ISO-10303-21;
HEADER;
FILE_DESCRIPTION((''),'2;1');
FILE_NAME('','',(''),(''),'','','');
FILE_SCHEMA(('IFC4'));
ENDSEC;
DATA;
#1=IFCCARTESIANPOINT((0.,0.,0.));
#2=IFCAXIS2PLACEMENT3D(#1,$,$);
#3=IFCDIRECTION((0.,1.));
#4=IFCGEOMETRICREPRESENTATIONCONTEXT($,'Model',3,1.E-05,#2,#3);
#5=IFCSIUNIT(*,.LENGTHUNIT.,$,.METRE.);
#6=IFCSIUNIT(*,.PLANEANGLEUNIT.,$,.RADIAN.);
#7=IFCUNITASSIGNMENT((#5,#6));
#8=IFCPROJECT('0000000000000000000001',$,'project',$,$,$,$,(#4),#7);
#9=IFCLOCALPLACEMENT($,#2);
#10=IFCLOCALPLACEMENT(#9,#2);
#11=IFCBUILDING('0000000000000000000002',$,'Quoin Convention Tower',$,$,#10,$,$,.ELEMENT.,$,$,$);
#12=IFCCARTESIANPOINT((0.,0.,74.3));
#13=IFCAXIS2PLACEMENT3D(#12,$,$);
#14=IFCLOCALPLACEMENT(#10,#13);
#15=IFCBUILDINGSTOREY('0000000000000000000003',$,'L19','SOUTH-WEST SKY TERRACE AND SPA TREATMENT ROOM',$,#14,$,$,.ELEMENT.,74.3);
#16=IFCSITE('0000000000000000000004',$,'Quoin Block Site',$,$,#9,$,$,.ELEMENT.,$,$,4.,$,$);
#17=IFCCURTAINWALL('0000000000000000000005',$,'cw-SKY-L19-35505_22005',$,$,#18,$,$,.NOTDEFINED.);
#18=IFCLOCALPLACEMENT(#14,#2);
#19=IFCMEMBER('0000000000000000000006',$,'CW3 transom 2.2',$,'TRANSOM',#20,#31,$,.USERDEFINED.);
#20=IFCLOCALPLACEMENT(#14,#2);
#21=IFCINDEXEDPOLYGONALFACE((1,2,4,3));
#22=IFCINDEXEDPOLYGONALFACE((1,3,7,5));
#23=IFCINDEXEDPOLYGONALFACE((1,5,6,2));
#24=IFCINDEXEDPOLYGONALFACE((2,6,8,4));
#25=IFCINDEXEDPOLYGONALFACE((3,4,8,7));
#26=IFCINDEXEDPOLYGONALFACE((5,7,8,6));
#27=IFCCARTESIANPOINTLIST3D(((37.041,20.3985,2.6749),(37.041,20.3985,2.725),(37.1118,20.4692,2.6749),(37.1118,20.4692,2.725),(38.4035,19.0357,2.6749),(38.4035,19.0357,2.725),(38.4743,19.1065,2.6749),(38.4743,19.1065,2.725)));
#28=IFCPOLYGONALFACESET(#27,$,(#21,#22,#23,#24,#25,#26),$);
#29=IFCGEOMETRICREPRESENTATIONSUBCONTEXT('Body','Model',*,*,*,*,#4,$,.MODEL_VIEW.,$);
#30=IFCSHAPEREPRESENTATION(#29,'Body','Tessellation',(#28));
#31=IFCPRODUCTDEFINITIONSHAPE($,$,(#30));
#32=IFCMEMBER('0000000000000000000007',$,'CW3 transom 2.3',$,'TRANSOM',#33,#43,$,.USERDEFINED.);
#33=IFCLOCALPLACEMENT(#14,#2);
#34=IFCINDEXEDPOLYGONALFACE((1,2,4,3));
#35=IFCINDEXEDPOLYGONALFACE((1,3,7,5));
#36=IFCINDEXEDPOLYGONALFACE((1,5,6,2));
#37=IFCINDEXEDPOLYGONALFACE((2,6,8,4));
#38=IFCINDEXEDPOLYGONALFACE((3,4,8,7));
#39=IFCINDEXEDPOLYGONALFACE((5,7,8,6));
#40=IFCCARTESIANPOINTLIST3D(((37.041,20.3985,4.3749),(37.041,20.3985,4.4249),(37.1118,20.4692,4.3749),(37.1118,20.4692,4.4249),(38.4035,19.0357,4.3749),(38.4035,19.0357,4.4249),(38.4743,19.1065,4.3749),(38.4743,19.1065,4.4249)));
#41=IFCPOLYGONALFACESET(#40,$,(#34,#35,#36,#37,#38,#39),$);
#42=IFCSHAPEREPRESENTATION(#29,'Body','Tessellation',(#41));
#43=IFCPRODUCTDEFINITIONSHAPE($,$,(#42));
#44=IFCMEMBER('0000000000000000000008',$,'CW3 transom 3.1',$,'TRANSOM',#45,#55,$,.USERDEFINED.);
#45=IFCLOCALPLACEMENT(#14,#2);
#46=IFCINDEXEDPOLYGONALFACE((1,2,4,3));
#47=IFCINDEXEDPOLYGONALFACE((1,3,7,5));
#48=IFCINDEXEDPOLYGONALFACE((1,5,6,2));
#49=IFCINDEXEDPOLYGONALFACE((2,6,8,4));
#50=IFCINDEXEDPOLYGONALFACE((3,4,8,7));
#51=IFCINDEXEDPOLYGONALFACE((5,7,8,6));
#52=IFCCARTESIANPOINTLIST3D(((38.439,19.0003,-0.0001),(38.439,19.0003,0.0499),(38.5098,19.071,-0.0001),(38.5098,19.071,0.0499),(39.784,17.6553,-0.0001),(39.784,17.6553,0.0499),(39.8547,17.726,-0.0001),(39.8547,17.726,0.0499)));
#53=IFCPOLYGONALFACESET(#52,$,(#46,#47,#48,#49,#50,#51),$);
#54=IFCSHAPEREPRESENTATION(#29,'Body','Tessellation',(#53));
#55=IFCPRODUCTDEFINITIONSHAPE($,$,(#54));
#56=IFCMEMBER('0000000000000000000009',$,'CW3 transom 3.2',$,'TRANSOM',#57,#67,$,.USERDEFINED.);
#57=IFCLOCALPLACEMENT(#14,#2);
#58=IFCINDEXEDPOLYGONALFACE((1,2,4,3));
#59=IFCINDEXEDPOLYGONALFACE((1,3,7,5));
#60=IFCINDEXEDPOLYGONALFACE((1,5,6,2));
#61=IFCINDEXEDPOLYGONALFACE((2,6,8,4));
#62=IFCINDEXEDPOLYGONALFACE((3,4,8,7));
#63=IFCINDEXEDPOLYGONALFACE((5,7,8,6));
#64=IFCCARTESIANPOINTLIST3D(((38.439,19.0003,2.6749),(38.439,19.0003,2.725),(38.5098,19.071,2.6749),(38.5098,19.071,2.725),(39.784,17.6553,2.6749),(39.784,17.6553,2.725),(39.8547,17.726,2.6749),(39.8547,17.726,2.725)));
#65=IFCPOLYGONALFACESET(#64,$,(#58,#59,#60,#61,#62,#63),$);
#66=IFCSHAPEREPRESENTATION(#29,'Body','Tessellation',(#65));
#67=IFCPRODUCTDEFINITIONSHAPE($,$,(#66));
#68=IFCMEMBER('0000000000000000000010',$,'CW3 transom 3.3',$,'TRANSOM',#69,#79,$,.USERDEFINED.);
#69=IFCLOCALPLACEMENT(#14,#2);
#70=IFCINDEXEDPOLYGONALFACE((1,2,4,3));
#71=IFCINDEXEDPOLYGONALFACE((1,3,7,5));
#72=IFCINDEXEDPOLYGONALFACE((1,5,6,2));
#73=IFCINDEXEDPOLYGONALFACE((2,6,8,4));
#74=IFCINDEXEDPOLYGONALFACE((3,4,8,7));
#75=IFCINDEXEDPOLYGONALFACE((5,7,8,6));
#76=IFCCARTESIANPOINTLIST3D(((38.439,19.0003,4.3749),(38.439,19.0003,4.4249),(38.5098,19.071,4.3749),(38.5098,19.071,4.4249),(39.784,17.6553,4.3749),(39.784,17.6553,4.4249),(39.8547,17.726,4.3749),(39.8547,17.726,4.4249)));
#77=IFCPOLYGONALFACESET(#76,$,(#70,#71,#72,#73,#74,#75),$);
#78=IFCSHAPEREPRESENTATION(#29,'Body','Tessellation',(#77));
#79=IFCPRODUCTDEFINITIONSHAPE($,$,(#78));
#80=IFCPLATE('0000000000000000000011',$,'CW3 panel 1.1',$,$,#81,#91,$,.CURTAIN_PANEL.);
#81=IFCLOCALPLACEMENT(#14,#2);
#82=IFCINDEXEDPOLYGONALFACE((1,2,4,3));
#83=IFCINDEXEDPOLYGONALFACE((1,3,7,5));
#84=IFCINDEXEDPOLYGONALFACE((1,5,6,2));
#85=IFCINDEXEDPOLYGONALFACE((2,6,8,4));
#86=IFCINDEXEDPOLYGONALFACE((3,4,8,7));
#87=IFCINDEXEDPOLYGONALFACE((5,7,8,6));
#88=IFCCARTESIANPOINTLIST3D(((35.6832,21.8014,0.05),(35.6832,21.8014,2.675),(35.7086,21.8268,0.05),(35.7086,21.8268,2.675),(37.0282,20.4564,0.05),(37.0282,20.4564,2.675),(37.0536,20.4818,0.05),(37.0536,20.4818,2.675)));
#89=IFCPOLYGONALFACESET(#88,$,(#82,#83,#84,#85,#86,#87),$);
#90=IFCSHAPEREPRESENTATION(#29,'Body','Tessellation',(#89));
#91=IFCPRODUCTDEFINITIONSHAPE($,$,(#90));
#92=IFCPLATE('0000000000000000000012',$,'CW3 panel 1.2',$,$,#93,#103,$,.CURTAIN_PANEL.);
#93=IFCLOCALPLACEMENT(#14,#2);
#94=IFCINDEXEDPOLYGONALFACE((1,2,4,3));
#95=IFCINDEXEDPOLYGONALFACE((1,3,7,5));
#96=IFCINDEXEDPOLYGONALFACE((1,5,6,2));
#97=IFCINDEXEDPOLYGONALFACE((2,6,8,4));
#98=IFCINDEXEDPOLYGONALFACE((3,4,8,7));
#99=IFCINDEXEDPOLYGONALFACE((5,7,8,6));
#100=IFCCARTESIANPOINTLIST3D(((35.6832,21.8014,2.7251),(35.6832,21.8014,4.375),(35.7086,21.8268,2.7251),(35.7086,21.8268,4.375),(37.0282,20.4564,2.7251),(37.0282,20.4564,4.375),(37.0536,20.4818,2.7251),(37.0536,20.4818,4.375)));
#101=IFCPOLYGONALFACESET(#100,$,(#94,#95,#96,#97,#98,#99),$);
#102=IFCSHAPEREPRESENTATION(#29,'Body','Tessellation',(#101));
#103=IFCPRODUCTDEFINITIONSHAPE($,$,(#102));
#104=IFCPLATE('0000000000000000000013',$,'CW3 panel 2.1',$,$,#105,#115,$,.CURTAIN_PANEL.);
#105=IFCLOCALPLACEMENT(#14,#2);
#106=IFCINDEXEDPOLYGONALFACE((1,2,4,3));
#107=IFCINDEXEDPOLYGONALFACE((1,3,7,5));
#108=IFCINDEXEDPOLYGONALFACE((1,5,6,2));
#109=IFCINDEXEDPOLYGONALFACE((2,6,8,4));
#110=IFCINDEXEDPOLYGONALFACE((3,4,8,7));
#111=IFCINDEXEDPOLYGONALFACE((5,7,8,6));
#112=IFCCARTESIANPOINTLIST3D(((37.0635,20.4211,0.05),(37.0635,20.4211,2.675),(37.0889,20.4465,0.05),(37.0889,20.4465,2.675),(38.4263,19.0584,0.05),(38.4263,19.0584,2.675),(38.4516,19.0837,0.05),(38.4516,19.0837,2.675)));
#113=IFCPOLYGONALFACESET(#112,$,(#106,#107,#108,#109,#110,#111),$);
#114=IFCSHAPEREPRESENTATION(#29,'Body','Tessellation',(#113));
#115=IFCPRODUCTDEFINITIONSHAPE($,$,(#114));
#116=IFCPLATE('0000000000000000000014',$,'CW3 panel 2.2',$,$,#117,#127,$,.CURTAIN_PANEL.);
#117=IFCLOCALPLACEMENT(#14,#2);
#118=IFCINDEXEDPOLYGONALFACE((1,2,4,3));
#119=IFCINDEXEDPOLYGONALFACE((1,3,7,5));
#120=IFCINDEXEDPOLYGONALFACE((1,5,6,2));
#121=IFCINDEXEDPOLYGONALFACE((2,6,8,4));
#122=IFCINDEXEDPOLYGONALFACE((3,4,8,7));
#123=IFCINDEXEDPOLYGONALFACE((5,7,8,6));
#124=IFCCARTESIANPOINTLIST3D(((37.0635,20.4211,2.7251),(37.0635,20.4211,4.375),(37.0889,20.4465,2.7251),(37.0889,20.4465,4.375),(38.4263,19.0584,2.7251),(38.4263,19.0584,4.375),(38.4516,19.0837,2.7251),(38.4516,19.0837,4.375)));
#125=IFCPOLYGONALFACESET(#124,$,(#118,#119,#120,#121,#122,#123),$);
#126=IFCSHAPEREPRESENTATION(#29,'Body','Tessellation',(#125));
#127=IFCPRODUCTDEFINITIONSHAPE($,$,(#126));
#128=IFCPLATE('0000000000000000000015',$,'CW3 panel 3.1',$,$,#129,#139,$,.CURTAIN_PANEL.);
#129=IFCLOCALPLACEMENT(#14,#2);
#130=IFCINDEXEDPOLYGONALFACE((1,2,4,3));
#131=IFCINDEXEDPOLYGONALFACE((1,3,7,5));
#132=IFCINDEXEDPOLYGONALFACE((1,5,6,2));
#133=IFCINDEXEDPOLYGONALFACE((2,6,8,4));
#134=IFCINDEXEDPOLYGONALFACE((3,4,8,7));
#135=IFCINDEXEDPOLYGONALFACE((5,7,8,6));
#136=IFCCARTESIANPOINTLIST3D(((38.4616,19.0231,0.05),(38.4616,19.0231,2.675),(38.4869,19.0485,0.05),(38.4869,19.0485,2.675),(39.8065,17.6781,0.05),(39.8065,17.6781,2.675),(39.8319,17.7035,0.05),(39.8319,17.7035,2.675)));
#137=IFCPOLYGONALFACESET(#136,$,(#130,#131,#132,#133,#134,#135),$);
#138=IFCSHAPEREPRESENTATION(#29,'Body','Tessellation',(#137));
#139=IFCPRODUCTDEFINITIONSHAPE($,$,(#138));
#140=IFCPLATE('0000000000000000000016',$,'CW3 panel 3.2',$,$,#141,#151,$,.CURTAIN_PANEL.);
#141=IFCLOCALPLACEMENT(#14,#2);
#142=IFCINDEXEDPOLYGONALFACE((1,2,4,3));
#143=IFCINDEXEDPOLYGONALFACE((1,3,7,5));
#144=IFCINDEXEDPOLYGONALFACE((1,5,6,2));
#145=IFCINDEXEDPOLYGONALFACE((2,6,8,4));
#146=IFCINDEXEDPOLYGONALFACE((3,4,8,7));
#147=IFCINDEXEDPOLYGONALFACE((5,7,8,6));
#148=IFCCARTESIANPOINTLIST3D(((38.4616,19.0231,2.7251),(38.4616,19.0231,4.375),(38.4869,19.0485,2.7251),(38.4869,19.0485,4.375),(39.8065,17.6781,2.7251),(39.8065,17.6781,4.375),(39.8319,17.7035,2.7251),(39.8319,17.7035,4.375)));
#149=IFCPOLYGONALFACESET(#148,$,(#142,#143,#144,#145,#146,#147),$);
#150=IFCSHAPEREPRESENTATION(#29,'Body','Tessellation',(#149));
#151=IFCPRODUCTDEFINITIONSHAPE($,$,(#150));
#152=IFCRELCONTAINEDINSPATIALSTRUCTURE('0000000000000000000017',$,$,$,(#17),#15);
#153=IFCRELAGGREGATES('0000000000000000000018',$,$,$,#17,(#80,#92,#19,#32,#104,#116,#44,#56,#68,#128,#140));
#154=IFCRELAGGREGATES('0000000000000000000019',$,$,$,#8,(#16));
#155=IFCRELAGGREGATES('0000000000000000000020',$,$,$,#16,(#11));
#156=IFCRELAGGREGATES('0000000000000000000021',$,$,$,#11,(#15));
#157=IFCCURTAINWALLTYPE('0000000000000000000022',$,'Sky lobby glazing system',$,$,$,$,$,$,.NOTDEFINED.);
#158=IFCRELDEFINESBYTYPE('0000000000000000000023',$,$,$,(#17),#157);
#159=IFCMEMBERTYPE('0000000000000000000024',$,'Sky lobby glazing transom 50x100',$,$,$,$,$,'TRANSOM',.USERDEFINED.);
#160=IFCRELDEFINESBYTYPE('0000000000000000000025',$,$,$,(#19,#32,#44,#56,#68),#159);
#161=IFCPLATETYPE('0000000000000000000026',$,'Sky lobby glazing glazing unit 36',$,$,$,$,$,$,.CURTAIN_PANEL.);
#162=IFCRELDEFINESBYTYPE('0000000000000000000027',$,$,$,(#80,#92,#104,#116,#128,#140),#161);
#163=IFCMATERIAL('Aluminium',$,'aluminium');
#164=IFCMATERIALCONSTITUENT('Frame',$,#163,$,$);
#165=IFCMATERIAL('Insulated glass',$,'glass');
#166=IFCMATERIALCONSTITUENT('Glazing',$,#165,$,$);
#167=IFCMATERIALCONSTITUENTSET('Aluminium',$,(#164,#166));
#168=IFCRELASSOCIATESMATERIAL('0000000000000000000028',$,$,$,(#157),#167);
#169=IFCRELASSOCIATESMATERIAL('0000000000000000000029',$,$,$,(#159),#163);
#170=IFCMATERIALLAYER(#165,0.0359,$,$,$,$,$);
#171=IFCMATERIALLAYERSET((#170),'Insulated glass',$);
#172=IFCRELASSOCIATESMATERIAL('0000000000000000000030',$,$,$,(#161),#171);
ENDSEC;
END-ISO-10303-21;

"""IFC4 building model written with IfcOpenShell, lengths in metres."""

from ifc_helpers import new_model, si_unit, direction, frame, origin, origin_2d, place, context, subcontext, project, spatial, rectangle, extrude, material, layer, layer_set, constituent, constituent_set, material_profile, profile_set, type_object, element, aggregate, save


model = new_model("IFC4")

# Units and contexts
model_context = context("Model", 3, precision=1e-05, world=origin(), true_north=direction((0.0, 1.0)))
body_context = subcontext(model_context, "Body", "Model", "MODEL_VIEW")
ifc_project = project(units=[si_unit("LENGTHUNIT", "METRE"), si_unit("PLANEANGLEUNIT", "RADIAN")], contexts=[model_context])

# Site, building, storey
site_placement = place(None, origin())
site = spatial("IfcSite", under=ifc_project, at=site_placement, Name="Quoin Block Site", CompositionType="ELEMENT", RefElevation=4.0)
building_placement = place(site_placement, origin())
building = spatial("IfcBuilding", under=site, at=building_placement, Name="Quoin Convention Tower", CompositionType="ELEMENT")
storey_placement = place(building_placement, frame((0.0, 0.0, 74.3)))
storey = spatial("IfcBuildingStorey", under=building, at=storey_placement, Name="L19", Description="SOUTH-WEST SKY TERRACE AND SPA TREATMENT ROOM", CompositionType="ELEMENT", Elevation=74.3)

# Curtain wall, members, plates
ifc_material_1 = material(Name="Aluminium", Category="aluminium")
ifc_constituent_1 = constituent(ifc_material_1, Name="Frame")
ifc_material_2 = material(Name="Insulated glass", Category="glass")
ifc_constituent_2 = constituent(ifc_material_2, Name="Glazing")
ifc_constituent_set_1 = constituent_set(constituents=[ifc_constituent_1, ifc_constituent_2], Name="Aluminium")
curtain_wall_type = type_object("IfcCurtainWallType", Name="Sky lobby glazing system", PredefinedType="NOTDEFINED", material=ifc_constituent_set_1)
curtain_wall_placement = place(storey_placement, origin())
curtain_wall = element("IfcCurtainWall", 1, at=curtain_wall_placement, inside=storey, type_object=curtain_wall_type, Name="cw-SKY-L19-35505_22005", PredefinedType="NOTDEFINED")
ifc_material_profile_1 = material_profile(ifc_material_1, rectangle(XDim=0.1001, YDim=0.05, at=origin_2d()), Name="Sky lobby glazing transom 50x100")
ifc_profile_set_1 = profile_set([ifc_material_profile_1], Name="Aluminium")
member_type_1 = type_object("IfcMemberType", Name="Sky lobby glazing transom 50x100", ElementType="TRANSOM", PredefinedType="USERDEFINED", material=ifc_profile_set_1)
member_1_placement = place(storey_placement, frame((37.0764, 20.4338, 2.7), z_axis=(0.707043, -0.70717, 0.0), x_axis=(0.70717, 0.707043, 0.0)))
member_1 = element("IfcMember", 2, at=member_1_placement, type_object=member_type_1, Name="CW3 transom 2.2", ObjectType="TRANSOM", PredefinedType="USERDEFINED", context=body_context, shape_type="SweptSolid", body=[
    extrude(rectangle(XDim=0.1001, YDim=0.05, at=origin_2d()), origin(), (0.0, 0.0, 1.0), 1.927),
])
member_2_placement = place(storey_placement, frame((37.0764, 20.4338, 4.3999), z_axis=(0.707043, -0.70717, 0.0), x_axis=(0.70717, 0.707043, 0.0)))
member_2 = element("IfcMember", 3, at=member_2_placement, type_object=member_type_1, Name="CW3 transom 2.3", ObjectType="TRANSOM", PredefinedType="USERDEFINED", context=body_context, shape_type="SweptSolid", body=[
    extrude(rectangle(XDim=0.1001, YDim=0.05, at=origin_2d()), origin(), (0.0, 0.0, 1.0), 1.927),
])
member_3_placement = place(storey_placement, frame((38.4744, 19.0356, 0.0249), z_axis=(0.707107, -0.707107, 0.0), x_axis=(0.707107, 0.707107, 0.0)))
member_3 = element("IfcMember", 4, at=member_3_placement, type_object=member_type_1, Name="CW3 transom 3.1", ObjectType="TRANSOM", PredefinedType="USERDEFINED", context=body_context, shape_type="SweptSolid", body=[
    extrude(rectangle(XDim=0.1001, YDim=0.05, at=origin_2d()), origin(), (0.0, 0.0, 1.0), 1.9021),
])
member_4_placement = place(storey_placement, frame((38.4744, 19.0356, 2.7), z_axis=(0.707107, -0.707107, 0.0), x_axis=(0.707107, 0.707107, 0.0)))
member_4 = element("IfcMember", 5, at=member_4_placement, type_object=member_type_1, Name="CW3 transom 3.2", ObjectType="TRANSOM", PredefinedType="USERDEFINED", context=body_context, shape_type="SweptSolid", body=[
    extrude(rectangle(XDim=0.1001, YDim=0.05, at=origin_2d()), origin(), (0.0, 0.0, 1.0), 1.9021),
])
member_5_placement = place(storey_placement, frame((38.4744, 19.0356, 4.3999), z_axis=(0.707107, -0.707107, 0.0), x_axis=(0.707107, 0.707107, 0.0)))
member_5 = element("IfcMember", 6, at=member_5_placement, type_object=member_type_1, Name="CW3 transom 3.3", ObjectType="TRANSOM", PredefinedType="USERDEFINED", context=body_context, shape_type="SweptSolid", body=[
    extrude(rectangle(XDim=0.1001, YDim=0.05, at=origin_2d()), origin(), (0.0, 0.0, 1.0), 1.9021),
])
ifc_layer_1 = layer(ifc_material_2, 0.0359)
ifc_layer_set_1 = layer_set([ifc_layer_1], Name="Insulated glass")
plate_type = type_object("IfcPlateType", Name="Sky lobby glazing glazing unit 36", PredefinedType="CURTAIN_PANEL", material=ifc_layer_set_1)
plate_1_placement = place(storey_placement, frame((36.3684, 21.1416, 0.05), z_axis=(0.0, 0.0, 1.0), x_axis=(0.707098, -0.707115, 0.0)))
plate_1 = element("IfcPlate", 7, at=plate_1_placement, type_object=plate_type, Name="CW3 panel 1.1", PredefinedType="CURTAIN_PANEL", context=body_context, shape_type="SweptSolid", body=[
    extrude(rectangle(XDim=1.9021, YDim=0.0359, at=origin_2d()), origin(), (0.0, 0.0, 1.0), 2.625),
])
plate_2_placement = place(storey_placement, frame((36.3684, 21.1416, 2.7251), z_axis=(0.0, 0.0, 1.0), x_axis=(0.707098, -0.707115, 0.0)))
plate_2 = element("IfcPlate", 8, at=plate_2_placement, type_object=plate_type, Name="CW3 panel 1.2", PredefinedType="CURTAIN_PANEL", context=body_context, shape_type="SweptSolid", body=[
    extrude(rectangle(XDim=1.9021, YDim=0.0359, at=origin_2d()), origin(), (0.0, 0.0, 1.0), 1.6499),
])
plate_3_placement = place(storey_placement, frame((37.7576, 19.7524, 0.05), z_axis=(0.0, 0.0, 1.0), x_axis=(0.707098, -0.707115, 0.0)))
plate_3 = element("IfcPlate", 9, at=plate_3_placement, type_object=plate_type, Name="CW3 panel 2.1", PredefinedType="CURTAIN_PANEL", context=body_context, shape_type="SweptSolid", body=[
    extrude(rectangle(XDim=1.9272, YDim=0.0359, at=origin_2d()), origin(), (0.0, 0.0, 1.0), 2.625),
])
plate_4_placement = place(storey_placement, frame((37.7576, 19.7524, 2.7251), z_axis=(0.0, 0.0, 1.0), x_axis=(0.707098, -0.707115, 0.0)))
plate_4 = element("IfcPlate", 10, at=plate_4_placement, type_object=plate_type, Name="CW3 panel 2.2", PredefinedType="CURTAIN_PANEL", context=body_context, shape_type="SweptSolid", body=[
    extrude(rectangle(XDim=1.9272, YDim=0.0359, at=origin_2d()), origin(), (0.0, 0.0, 1.0), 1.6499),
])
plate_5_placement = place(storey_placement, frame((39.1467, 18.3633, 0.05), z_axis=(0.0, 0.0, 1.0), x_axis=(0.707098, -0.707115, 0.0)))
plate_5 = element("IfcPlate", 11, at=plate_5_placement, type_object=plate_type, Name="CW3 panel 3.1", PredefinedType="CURTAIN_PANEL", context=body_context, shape_type="SweptSolid", body=[
    extrude(rectangle(XDim=1.9021, YDim=0.0359, at=origin_2d()), origin(), (0.0, 0.0, 1.0), 2.625),
])
plate_6_placement = place(storey_placement, frame((39.1467, 18.3633, 2.7251), z_axis=(0.0, 0.0, 1.0), x_axis=(0.707098, -0.707115, 0.0)))
plate_6 = element("IfcPlate", 12, at=plate_6_placement, type_object=plate_type, Name="CW3 panel 3.2", PredefinedType="CURTAIN_PANEL", context=body_context, shape_type="SweptSolid", body=[
    extrude(rectangle(XDim=1.9021, YDim=0.0359, at=origin_2d()), origin(), (0.0, 0.0, 1.0), 1.6499),
])
aggregate(curtain_wall, [plate_1, plate_2, member_1, member_2, plate_3, plate_4, member_3, member_4, member_5, plate_5, plate_6])

save(model, "model.ifc")
